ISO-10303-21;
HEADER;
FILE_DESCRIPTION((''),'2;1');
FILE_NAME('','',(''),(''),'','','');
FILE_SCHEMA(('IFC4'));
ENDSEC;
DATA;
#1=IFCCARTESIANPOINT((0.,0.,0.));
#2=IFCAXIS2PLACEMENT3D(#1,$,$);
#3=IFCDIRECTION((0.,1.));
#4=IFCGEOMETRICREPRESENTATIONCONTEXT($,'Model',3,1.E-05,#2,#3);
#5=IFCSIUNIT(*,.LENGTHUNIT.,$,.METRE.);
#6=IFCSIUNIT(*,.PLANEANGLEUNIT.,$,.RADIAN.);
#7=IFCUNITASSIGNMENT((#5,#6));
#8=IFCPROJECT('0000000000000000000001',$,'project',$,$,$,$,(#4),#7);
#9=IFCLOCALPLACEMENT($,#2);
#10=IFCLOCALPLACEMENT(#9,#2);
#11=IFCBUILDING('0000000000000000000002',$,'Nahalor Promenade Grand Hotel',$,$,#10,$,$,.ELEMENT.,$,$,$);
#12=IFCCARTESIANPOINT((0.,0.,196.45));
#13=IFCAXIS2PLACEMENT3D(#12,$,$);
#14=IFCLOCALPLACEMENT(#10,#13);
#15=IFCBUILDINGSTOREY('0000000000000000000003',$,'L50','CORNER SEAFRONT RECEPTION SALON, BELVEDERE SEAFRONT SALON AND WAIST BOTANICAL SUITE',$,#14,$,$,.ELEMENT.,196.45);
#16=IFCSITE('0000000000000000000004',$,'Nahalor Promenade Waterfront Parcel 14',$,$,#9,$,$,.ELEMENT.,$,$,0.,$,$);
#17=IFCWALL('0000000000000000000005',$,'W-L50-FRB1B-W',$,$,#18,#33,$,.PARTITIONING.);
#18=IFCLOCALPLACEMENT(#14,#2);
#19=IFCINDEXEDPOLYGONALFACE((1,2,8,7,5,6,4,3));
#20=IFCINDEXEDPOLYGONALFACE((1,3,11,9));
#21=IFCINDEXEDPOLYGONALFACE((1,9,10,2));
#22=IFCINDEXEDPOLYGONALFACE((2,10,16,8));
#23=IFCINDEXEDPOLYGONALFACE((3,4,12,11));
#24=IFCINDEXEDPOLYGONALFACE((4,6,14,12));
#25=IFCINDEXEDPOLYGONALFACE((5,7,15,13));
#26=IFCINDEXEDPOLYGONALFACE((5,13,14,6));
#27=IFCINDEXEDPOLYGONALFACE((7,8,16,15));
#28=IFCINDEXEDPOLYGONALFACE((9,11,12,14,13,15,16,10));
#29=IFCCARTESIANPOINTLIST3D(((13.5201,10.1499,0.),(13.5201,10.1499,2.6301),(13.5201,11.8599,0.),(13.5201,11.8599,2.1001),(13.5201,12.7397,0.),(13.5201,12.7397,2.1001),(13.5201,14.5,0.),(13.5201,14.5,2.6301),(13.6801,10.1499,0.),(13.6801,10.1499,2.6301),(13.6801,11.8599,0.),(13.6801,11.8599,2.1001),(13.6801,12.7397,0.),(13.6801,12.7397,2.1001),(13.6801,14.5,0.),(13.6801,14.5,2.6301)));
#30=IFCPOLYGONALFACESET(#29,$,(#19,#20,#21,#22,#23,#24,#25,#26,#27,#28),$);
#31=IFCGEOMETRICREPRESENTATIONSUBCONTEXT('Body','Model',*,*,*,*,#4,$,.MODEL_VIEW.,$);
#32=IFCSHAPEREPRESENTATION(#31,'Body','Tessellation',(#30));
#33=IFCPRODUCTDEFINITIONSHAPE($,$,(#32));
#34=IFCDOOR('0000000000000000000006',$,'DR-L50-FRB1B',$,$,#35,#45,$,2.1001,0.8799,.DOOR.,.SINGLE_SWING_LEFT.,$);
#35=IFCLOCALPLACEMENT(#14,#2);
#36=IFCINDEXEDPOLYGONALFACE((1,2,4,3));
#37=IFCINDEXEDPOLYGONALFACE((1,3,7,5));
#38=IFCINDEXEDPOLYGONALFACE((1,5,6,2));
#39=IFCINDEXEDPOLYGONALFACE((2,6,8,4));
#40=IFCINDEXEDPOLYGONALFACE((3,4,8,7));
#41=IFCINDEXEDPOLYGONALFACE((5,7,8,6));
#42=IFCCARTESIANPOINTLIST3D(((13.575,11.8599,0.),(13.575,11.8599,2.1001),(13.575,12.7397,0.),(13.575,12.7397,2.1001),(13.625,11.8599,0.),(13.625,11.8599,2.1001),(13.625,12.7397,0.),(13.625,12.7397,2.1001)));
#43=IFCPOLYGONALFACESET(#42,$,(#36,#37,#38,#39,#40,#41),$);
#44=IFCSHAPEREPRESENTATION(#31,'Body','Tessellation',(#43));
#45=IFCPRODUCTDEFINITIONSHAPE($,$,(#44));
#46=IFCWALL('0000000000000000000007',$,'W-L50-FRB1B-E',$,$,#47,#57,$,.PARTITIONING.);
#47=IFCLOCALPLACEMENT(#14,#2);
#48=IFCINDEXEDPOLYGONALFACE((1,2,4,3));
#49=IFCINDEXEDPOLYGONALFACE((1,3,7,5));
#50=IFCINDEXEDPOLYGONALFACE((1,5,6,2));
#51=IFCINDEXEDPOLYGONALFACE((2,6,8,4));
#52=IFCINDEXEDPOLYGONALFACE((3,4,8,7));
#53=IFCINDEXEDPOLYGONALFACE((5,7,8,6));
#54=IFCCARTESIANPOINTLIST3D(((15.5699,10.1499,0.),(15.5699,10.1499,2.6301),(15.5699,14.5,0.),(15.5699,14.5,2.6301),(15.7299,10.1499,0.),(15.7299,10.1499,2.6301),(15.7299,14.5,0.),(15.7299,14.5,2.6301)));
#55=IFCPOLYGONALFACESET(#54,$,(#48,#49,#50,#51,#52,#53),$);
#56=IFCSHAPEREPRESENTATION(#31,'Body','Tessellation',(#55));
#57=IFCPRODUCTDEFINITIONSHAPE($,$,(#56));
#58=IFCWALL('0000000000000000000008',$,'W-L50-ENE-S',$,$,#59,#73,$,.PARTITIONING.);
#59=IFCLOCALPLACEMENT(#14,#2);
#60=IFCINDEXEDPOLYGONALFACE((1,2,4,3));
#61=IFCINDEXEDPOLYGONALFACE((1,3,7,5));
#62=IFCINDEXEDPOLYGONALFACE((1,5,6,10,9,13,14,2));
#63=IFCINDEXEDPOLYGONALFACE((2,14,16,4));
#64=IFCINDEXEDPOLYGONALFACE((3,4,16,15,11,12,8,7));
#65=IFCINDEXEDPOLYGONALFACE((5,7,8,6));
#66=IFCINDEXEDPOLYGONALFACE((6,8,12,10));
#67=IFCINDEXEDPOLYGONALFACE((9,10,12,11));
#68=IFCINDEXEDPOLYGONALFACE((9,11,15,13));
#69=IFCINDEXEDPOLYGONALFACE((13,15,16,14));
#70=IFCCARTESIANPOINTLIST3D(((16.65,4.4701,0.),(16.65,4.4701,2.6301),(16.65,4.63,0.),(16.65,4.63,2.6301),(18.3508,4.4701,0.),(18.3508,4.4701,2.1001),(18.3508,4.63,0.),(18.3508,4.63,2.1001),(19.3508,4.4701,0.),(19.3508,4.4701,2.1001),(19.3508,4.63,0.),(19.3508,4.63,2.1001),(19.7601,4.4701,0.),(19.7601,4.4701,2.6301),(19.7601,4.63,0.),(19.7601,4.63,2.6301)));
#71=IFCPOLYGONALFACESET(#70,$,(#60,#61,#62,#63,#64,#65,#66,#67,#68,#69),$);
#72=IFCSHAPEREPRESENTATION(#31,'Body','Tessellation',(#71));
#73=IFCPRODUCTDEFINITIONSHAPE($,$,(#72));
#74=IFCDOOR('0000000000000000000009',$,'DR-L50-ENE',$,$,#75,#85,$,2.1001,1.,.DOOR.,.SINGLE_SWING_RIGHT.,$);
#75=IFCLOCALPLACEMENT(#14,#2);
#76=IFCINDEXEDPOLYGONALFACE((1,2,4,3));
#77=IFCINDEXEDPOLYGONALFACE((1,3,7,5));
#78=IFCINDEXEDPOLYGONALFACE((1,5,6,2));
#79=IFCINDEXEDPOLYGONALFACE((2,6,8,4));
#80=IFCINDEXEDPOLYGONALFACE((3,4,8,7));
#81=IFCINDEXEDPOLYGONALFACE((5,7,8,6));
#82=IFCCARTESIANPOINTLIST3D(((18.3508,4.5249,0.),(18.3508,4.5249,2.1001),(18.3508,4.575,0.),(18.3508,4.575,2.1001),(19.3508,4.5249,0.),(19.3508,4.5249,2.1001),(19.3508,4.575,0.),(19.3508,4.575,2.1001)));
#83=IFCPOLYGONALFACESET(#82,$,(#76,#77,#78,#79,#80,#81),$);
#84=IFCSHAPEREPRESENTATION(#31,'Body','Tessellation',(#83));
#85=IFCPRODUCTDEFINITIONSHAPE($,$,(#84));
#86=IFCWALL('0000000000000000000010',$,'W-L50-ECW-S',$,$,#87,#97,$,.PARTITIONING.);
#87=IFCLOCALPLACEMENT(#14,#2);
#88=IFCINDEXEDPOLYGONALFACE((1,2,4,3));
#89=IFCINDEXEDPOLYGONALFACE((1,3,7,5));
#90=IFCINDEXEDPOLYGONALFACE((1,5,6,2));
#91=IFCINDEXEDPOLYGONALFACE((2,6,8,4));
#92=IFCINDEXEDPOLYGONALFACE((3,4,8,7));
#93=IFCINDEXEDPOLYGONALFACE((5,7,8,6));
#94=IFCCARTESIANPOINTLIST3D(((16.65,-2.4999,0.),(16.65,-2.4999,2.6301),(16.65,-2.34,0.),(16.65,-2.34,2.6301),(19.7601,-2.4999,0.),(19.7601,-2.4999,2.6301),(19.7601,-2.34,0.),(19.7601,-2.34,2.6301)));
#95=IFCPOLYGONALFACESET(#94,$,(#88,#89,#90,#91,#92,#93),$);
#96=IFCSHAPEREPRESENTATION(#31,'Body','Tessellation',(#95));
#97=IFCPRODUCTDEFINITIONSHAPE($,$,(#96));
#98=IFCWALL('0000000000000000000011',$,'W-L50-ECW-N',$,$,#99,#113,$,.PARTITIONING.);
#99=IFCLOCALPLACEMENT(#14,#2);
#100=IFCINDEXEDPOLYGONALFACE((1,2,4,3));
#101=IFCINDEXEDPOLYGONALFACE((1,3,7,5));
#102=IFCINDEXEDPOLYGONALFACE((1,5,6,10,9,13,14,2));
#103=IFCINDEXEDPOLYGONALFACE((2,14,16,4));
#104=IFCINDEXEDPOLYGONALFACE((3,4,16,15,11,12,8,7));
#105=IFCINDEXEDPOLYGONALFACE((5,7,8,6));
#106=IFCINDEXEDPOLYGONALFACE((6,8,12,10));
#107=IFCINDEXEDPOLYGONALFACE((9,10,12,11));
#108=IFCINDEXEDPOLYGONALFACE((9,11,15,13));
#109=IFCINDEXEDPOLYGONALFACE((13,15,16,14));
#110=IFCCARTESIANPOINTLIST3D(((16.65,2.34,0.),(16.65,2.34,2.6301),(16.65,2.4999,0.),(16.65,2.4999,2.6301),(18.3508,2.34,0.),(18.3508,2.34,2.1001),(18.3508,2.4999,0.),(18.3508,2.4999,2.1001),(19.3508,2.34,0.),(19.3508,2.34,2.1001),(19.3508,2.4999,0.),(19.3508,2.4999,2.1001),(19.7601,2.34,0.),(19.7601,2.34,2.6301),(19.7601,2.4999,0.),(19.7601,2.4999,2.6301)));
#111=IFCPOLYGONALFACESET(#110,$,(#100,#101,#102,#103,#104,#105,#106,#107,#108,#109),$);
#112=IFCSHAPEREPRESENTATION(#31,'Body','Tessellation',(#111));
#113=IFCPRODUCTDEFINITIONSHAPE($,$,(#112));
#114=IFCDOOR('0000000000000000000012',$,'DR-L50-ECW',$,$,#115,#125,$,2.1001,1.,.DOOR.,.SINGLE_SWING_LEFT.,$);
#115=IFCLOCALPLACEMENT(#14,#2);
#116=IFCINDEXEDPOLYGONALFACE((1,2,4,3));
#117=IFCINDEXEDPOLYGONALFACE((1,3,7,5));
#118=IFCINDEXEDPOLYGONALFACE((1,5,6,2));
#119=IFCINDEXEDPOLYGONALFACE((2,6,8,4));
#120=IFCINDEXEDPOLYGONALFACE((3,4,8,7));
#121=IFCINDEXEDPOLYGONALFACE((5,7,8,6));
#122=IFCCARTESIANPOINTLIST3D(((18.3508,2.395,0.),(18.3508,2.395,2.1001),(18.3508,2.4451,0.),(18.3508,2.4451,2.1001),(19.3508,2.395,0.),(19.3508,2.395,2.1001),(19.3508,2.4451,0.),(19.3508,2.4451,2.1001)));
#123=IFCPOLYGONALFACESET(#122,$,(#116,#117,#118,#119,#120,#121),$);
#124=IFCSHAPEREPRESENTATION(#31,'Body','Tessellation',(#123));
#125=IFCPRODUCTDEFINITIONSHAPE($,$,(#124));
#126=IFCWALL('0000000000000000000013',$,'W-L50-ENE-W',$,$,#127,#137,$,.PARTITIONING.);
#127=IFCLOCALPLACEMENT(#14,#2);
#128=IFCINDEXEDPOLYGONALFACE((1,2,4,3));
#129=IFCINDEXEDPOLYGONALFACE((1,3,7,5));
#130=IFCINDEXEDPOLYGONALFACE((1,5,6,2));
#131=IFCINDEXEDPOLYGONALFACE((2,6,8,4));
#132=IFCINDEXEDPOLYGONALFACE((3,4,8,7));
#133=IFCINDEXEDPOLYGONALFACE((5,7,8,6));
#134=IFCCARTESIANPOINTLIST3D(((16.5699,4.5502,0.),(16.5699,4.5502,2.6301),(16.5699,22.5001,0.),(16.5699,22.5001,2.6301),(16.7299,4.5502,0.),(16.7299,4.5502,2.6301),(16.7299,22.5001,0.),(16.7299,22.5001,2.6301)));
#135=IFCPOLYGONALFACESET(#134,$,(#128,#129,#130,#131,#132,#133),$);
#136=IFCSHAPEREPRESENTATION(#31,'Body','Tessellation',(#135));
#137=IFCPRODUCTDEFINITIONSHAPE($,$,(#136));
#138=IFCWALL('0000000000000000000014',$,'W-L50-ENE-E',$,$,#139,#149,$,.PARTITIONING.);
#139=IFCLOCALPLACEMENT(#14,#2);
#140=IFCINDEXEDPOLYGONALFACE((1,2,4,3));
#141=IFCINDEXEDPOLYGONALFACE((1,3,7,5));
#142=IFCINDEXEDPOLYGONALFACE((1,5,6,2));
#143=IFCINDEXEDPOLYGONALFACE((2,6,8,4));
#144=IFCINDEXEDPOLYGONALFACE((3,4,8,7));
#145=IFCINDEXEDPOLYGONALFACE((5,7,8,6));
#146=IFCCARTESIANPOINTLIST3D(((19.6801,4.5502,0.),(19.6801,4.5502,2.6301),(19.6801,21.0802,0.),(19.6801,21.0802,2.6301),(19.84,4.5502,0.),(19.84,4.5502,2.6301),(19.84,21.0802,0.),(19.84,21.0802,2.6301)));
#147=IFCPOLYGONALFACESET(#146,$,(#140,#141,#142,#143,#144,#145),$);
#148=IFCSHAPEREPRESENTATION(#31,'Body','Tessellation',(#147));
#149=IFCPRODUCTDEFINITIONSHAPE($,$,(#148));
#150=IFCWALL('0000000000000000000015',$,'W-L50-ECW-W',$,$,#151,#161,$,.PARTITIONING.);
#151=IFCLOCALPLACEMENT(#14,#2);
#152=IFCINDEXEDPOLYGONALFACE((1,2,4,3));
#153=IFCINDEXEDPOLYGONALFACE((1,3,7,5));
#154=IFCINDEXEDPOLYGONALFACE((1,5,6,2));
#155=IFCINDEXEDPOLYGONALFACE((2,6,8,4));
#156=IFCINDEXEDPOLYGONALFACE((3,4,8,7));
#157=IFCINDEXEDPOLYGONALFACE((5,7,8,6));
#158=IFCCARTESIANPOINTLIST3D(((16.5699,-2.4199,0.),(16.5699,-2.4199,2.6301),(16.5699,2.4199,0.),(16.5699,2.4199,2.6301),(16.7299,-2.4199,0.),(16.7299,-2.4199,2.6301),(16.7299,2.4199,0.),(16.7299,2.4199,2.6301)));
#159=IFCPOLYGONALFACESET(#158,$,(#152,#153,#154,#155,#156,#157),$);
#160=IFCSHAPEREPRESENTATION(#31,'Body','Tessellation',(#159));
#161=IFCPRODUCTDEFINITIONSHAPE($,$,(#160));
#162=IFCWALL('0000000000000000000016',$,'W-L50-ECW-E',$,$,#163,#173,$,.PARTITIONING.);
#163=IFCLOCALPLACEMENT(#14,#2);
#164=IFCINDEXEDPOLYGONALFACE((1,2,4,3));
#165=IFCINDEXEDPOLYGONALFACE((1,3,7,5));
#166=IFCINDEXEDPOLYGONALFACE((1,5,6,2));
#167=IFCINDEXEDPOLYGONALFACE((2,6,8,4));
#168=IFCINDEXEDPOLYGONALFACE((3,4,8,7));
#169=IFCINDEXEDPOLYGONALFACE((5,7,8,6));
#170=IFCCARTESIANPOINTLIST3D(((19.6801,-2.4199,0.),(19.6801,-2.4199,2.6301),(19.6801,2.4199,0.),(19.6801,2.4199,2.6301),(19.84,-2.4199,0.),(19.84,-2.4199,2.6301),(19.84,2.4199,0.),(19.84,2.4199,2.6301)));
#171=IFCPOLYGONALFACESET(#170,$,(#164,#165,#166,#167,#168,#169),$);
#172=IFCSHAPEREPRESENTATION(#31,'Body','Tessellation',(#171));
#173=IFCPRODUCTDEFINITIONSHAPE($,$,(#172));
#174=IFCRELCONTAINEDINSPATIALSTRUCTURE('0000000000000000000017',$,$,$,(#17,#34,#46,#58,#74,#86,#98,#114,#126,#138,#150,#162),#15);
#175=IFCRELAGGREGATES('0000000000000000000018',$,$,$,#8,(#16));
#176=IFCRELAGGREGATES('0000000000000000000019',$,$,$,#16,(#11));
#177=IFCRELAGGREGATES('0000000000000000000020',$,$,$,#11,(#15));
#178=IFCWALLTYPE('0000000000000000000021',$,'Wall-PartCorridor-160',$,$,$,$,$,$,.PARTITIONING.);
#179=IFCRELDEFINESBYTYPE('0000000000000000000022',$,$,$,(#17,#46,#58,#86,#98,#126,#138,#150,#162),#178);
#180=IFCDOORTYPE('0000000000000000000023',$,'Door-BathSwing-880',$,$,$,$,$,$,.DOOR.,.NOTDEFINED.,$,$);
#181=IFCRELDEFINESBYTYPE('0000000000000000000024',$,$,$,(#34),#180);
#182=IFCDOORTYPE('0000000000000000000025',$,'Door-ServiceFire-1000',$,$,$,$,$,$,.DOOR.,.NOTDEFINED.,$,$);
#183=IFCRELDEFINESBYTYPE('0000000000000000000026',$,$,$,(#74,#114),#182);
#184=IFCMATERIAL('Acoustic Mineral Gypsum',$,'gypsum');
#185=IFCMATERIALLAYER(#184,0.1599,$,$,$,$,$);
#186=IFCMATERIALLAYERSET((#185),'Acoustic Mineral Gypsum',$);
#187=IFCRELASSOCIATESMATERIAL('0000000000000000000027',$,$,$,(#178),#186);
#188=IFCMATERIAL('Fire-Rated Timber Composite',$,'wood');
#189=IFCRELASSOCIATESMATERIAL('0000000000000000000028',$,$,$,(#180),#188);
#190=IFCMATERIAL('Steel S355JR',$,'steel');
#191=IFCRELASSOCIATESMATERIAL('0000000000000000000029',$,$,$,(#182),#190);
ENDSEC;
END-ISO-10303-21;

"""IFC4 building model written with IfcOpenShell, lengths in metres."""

from ifc_helpers import new_model, si_unit, direction, frame, frame_2d, origin, place, context, subcontext, project, spatial, rectangle, extrude, source, transform, mapped, material, layer, layer_set, type_object, element, fill, save


model = new_model("IFC4")

# Units and contexts
model_context = context("Model", 3, precision=1e-05, world=origin(), true_north=direction((0.0, 1.0)))
body_context = subcontext(model_context, "Body", "Model", "MODEL_VIEW")
ifc_project = project(units=[si_unit("LENGTHUNIT", "METRE"), si_unit("PLANEANGLEUNIT", "RADIAN")], contexts=[model_context])

# Site, building, storey
site_placement = place(None, origin())
site = spatial("IfcSite", under=ifc_project, at=site_placement, Name="Nahalor Promenade Waterfront Parcel 14", CompositionType="ELEMENT", RefElevation=0.0)
building_placement = place(site_placement, origin())
building = spatial("IfcBuilding", under=site, at=building_placement, Name="Nahalor Promenade Grand Hotel", CompositionType="ELEMENT")
storey_placement = place(building_placement, frame((0.0, 0.0, 196.45)))
storey = spatial("IfcBuildingStorey", under=building, at=storey_placement, Name="L50", Description="CORNER SEAFRONT RECEPTION SALON, BELVEDERE SEAFRONT SALON AND WAIST BOTANICAL SUITE", CompositionType="ELEMENT", Elevation=196.45)

# Shared definitions
ifc_material_1 = material(Name="Steel S355JR", Category="steel")

# Shared definitions
ifc_material_2 = material(Name="Acoustic Mineral Gypsum", Category="gypsum")
ifc_layer_1 = layer(ifc_material_2, 0.1599)
ifc_layer_set_1 = layer_set([ifc_layer_1], Name="Acoustic Mineral Gypsum")
wall_type_1 = type_object("IfcWallType", Name="Wall-PartCorridor-160", PredefinedType="PARTITIONING", material=ifc_layer_set_1)

# Shared definitions
ifc_material_3 = material(Name="Fire-Rated Timber Composite", Category="wood")
door_type_1 = type_object("IfcDoorType", Name="Door-BathSwing-880", OperationType="NOTDEFINED", PredefinedType="DOOR", material=ifc_material_3)
shared_shape_1 = source(origin(), body_context, "Body", "SweptSolid", [
    extrude(rectangle(XDim=0.8799, YDim=2.1001, at=frame_2d((0.4399, 1.05))), frame((0.0, 0.0249, 0.0), z_axis=(0.0, -1.0, 0.0), x_axis=(1.0, 0.0, 0.0)), (0.0, 0.0, 1.0), 0.05),
])

# Wall, opening, door
shared_shape_2 = source(origin(), body_context, "Body", "SweptSolid", [
    extrude(rectangle(XDim=4.3501, YDim=0.1599, at=frame_2d((2.175, 0.0))), origin(), (0.0, 0.0, 1.0), 2.6301),
])
wall_1_placement = place(storey_placement, frame((13.6001, 10.1499, 0.0), z_axis=(0.0, 0.0, 1.0), x_axis=(0.0, 1.0, 0.0)))
wall_1 = element("IfcWall", 1, at=wall_1_placement, inside=storey, type_object=wall_type_1, Name="W-L50-FRB1B-W", PredefinedType="PARTITIONING", context=body_context, shape_type="MappedRepresentation", body=[
    mapped(shared_shape_2, transform((0.0, 0.0, 0.0), scale=1.0)),
])
opening_1_placement = place(wall_1_placement, frame((1.71, 0.0, 0.0)))
opening_1 = element("IfcOpeningElement", 2, at=opening_1_placement, cuts=wall_1, PredefinedType="OPENING", context=body_context, shape_type="SweptSolid", body=[
    extrude(rectangle(XDim=0.8799, YDim=2.1001, at=frame_2d((0.4399, 1.05))), frame((0.0, 0.0898, 0.0), z_axis=(0.0, -1.0, 0.0), x_axis=(1.0, 0.0, 0.0)), (0.0, 0.0, 1.0), 0.1799),
])
door_1_placement = place(opening_1_placement, frame((0.8799, 0.0, 0.0), z_axis=(0.0, 0.0, 1.0), x_axis=(-1.0, 0.0, 0.0)))
door_1 = element("IfcDoor", 3, at=door_1_placement, inside=storey, type_object=door_type_1, Name="DR-L50-FRB1B", OperationType="SINGLE_SWING_LEFT", OverallHeight=2.1001, OverallWidth=0.8799, PredefinedType="DOOR", context=body_context, shape_type="MappedRepresentation", body=[
    mapped(shared_shape_1, transform((0.0, 0.0, 0.0), scale=1.0)),
])
fill(opening_1, door_1)

# Wall
wall_2_placement = place(storey_placement, frame((15.6499, 10.1499, 0.0), z_axis=(0.0, 0.0, 1.0), x_axis=(0.0, 1.0, 0.0)))
element("IfcWall", 4, at=wall_2_placement, inside=storey, type_object=wall_type_1, Name="W-L50-FRB1B-E", PredefinedType="PARTITIONING", context=body_context, shape_type="MappedRepresentation", body=[
    mapped(shared_shape_2, transform((0.0, 0.0, 0.0), scale=1.0)),
])

# Wall, opening, door
shared_shape_3 = source(origin(), body_context, "Body", "SweptSolid", [
    extrude(rectangle(XDim=3.1101, YDim=0.1599, at=frame_2d((1.5552, 0.0))), origin(), (0.0, 0.0, 1.0), 2.6301),
])
wall_3_placement = place(storey_placement, frame((16.6499, 4.55, 0.0), z_axis=(0.0, 0.0, 1.0), x_axis=(1.0, 0.0, 0.0)))
wall_3 = element("IfcWall", 5, at=wall_3_placement, inside=storey, type_object=wall_type_1, Name="W-L50-ENE-S", PredefinedType="PARTITIONING", context=body_context, shape_type="MappedRepresentation", body=[
    mapped(shared_shape_3, transform((0.0, 0.0, 0.0), scale=1.0)),
])
opening_2_placement = place(wall_3_placement, frame((1.7009, 0.0, 0.0)))
opening_2 = element("IfcOpeningElement", 6, at=opening_2_placement, cuts=wall_3, PredefinedType="OPENING", context=body_context, shape_type="SweptSolid", body=[
    extrude(rectangle(XDim=1.0, YDim=2.1001, at=frame_2d((0.5, 1.05))), frame((0.0, 0.0898, 0.0), z_axis=(0.0, -1.0, 0.0), x_axis=(1.0, 0.0, 0.0)), (0.0, 0.0, 1.0), 0.1799),
])
door_type_2 = type_object("IfcDoorType", Name="Door-ServiceFire-1000", OperationType="NOTDEFINED", PredefinedType="DOOR", material=ifc_material_1)
shared_shape_4 = source(origin(), body_context, "Body", "SweptSolid", [
    extrude(rectangle(XDim=1.0, YDim=2.1001, at=frame_2d((0.5, 1.05))), frame((0.0, 0.0249, 0.0), z_axis=(0.0, -1.0, 0.0), x_axis=(1.0, 0.0, 0.0)), (0.0, 0.0, 1.0), 0.05),
])
door_2_placement = place(opening_2_placement, origin())
door_2 = element("IfcDoor", 7, at=door_2_placement, inside=storey, type_object=door_type_2, Name="DR-L50-ENE", OperationType="SINGLE_SWING_RIGHT", OverallHeight=2.1001, OverallWidth=1.0, PredefinedType="DOOR", context=body_context, shape_type="MappedRepresentation", body=[
    mapped(shared_shape_4, transform((0.0, 0.0, 0.0), scale=1.0)),
])
fill(opening_2, door_2)

# Wall
wall_4_placement = place(storey_placement, frame((16.6499, -2.4199, 0.0), z_axis=(0.0, 0.0, 1.0), x_axis=(1.0, 0.0, 0.0)))
element("IfcWall", 8, at=wall_4_placement, inside=storey, type_object=wall_type_1, Name="W-L50-ECW-S", PredefinedType="PARTITIONING", context=body_context, shape_type="MappedRepresentation", body=[
    mapped(shared_shape_3, transform((0.0, 0.0, 0.0), scale=1.0)),
])

# Wall, opening, door
wall_5_placement = place(storey_placement, frame((16.6499, 2.4199, 0.0), z_axis=(0.0, 0.0, 1.0), x_axis=(1.0, 0.0, 0.0)))
wall_5 = element("IfcWall", 9, at=wall_5_placement, inside=storey, type_object=wall_type_1, Name="W-L50-ECW-N", PredefinedType="PARTITIONING", context=body_context, shape_type="MappedRepresentation", body=[
    mapped(shared_shape_3, transform((0.0, 0.0, 0.0), scale=1.0)),
])
opening_3_placement = place(wall_5_placement, frame((1.7009, 0.0, 0.0)))
opening_3 = element("IfcOpeningElement", 10, at=opening_3_placement, cuts=wall_5, PredefinedType="OPENING", context=body_context, shape_type="SweptSolid", body=[
    extrude(rectangle(XDim=1.0, YDim=2.1001, at=frame_2d((0.5, 1.05))), frame((0.0, 0.0898, 0.0), z_axis=(0.0, -1.0, 0.0), x_axis=(1.0, 0.0, 0.0)), (0.0, 0.0, 1.0), 0.1799),
])
door_3_placement = place(opening_3_placement, frame((1.0, 0.0, 0.0), z_axis=(0.0, 0.0, 1.0), x_axis=(-1.0, 0.0, 0.0)))
door_3 = element("IfcDoor", 11, at=door_3_placement, inside=storey, type_object=door_type_2, Name="DR-L50-ECW", OperationType="SINGLE_SWING_LEFT", OverallHeight=2.1001, OverallWidth=1.0, PredefinedType="DOOR", context=body_context, shape_type="MappedRepresentation", body=[
    mapped(shared_shape_4, transform((0.0, 0.0, 0.0), scale=1.0)),
])
fill(opening_3, door_3)

# Walls
shared_shape_5 = source(origin(), body_context, "Body", "SweptSolid", [
    extrude(rectangle(XDim=17.95, YDim=0.1599, at=frame_2d((8.9751, 0.0))), origin(), (0.0, 0.0, 1.0), 2.6301),
])
wall_6_placement = place(storey_placement, frame((16.6499, 4.55, 0.0), z_axis=(0.0, 0.0, 1.0), x_axis=(0.0, 1.0, 0.0)))
element("IfcWall", 12, at=wall_6_placement, inside=storey, type_object=wall_type_1, Name="W-L50-ENE-W", PredefinedType="PARTITIONING", context=body_context, shape_type="MappedRepresentation", body=[
    mapped(shared_shape_5, transform((0.0, 0.0, 0.0), scale=1.0)),
])
shared_shape_6 = source(origin(), body_context, "Body", "SweptSolid", [
    extrude(rectangle(XDim=16.53, YDim=0.1599, at=frame_2d((8.2651, 0.0))), origin(), (0.0, 0.0, 1.0), 2.6301),
])
wall_7_placement = place(storey_placement, frame((19.76, 4.55, 0.0), z_axis=(0.0, 0.0, 1.0), x_axis=(0.0, 1.0, 0.0)))
element("IfcWall", 13, at=wall_7_placement, inside=storey, type_object=wall_type_1, Name="W-L50-ENE-E", PredefinedType="PARTITIONING", context=body_context, shape_type="MappedRepresentation", body=[
    mapped(shared_shape_6, transform((0.0, 0.0, 0.0), scale=1.0)),
])
shared_shape_7 = source(origin(), body_context, "Body", "SweptSolid", [
    extrude(rectangle(XDim=4.8398, YDim=0.1599, at=frame_2d((2.4199, 0.0))), origin(), (0.0, 0.0, 1.0), 2.6301),
])
for number, where, z_axis, x_axis, name in (
    (14, (16.6499, -2.4199, 0.0), (0.0, 0.0, 1.0), (0.0, 1.0, 0.0), "W-L50-ECW-W"),
    (15, (19.76, -2.4199, 0.0), (0.0, 0.0, 1.0), (0.0, 1.0, 0.0), "W-L50-ECW-E"),
):
    element("IfcWall", number, at=place(storey_placement, frame(where, z_axis=z_axis, x_axis=x_axis)), inside=storey, type_object=wall_type_1, Name=name, PredefinedType="PARTITIONING", context=body_context, shape_type="MappedRepresentation", body=[
        mapped(shared_shape_7, transform((0.0, 0.0, 0.0), scale=1.0)),
    ])

save(model, "model.ifc")
